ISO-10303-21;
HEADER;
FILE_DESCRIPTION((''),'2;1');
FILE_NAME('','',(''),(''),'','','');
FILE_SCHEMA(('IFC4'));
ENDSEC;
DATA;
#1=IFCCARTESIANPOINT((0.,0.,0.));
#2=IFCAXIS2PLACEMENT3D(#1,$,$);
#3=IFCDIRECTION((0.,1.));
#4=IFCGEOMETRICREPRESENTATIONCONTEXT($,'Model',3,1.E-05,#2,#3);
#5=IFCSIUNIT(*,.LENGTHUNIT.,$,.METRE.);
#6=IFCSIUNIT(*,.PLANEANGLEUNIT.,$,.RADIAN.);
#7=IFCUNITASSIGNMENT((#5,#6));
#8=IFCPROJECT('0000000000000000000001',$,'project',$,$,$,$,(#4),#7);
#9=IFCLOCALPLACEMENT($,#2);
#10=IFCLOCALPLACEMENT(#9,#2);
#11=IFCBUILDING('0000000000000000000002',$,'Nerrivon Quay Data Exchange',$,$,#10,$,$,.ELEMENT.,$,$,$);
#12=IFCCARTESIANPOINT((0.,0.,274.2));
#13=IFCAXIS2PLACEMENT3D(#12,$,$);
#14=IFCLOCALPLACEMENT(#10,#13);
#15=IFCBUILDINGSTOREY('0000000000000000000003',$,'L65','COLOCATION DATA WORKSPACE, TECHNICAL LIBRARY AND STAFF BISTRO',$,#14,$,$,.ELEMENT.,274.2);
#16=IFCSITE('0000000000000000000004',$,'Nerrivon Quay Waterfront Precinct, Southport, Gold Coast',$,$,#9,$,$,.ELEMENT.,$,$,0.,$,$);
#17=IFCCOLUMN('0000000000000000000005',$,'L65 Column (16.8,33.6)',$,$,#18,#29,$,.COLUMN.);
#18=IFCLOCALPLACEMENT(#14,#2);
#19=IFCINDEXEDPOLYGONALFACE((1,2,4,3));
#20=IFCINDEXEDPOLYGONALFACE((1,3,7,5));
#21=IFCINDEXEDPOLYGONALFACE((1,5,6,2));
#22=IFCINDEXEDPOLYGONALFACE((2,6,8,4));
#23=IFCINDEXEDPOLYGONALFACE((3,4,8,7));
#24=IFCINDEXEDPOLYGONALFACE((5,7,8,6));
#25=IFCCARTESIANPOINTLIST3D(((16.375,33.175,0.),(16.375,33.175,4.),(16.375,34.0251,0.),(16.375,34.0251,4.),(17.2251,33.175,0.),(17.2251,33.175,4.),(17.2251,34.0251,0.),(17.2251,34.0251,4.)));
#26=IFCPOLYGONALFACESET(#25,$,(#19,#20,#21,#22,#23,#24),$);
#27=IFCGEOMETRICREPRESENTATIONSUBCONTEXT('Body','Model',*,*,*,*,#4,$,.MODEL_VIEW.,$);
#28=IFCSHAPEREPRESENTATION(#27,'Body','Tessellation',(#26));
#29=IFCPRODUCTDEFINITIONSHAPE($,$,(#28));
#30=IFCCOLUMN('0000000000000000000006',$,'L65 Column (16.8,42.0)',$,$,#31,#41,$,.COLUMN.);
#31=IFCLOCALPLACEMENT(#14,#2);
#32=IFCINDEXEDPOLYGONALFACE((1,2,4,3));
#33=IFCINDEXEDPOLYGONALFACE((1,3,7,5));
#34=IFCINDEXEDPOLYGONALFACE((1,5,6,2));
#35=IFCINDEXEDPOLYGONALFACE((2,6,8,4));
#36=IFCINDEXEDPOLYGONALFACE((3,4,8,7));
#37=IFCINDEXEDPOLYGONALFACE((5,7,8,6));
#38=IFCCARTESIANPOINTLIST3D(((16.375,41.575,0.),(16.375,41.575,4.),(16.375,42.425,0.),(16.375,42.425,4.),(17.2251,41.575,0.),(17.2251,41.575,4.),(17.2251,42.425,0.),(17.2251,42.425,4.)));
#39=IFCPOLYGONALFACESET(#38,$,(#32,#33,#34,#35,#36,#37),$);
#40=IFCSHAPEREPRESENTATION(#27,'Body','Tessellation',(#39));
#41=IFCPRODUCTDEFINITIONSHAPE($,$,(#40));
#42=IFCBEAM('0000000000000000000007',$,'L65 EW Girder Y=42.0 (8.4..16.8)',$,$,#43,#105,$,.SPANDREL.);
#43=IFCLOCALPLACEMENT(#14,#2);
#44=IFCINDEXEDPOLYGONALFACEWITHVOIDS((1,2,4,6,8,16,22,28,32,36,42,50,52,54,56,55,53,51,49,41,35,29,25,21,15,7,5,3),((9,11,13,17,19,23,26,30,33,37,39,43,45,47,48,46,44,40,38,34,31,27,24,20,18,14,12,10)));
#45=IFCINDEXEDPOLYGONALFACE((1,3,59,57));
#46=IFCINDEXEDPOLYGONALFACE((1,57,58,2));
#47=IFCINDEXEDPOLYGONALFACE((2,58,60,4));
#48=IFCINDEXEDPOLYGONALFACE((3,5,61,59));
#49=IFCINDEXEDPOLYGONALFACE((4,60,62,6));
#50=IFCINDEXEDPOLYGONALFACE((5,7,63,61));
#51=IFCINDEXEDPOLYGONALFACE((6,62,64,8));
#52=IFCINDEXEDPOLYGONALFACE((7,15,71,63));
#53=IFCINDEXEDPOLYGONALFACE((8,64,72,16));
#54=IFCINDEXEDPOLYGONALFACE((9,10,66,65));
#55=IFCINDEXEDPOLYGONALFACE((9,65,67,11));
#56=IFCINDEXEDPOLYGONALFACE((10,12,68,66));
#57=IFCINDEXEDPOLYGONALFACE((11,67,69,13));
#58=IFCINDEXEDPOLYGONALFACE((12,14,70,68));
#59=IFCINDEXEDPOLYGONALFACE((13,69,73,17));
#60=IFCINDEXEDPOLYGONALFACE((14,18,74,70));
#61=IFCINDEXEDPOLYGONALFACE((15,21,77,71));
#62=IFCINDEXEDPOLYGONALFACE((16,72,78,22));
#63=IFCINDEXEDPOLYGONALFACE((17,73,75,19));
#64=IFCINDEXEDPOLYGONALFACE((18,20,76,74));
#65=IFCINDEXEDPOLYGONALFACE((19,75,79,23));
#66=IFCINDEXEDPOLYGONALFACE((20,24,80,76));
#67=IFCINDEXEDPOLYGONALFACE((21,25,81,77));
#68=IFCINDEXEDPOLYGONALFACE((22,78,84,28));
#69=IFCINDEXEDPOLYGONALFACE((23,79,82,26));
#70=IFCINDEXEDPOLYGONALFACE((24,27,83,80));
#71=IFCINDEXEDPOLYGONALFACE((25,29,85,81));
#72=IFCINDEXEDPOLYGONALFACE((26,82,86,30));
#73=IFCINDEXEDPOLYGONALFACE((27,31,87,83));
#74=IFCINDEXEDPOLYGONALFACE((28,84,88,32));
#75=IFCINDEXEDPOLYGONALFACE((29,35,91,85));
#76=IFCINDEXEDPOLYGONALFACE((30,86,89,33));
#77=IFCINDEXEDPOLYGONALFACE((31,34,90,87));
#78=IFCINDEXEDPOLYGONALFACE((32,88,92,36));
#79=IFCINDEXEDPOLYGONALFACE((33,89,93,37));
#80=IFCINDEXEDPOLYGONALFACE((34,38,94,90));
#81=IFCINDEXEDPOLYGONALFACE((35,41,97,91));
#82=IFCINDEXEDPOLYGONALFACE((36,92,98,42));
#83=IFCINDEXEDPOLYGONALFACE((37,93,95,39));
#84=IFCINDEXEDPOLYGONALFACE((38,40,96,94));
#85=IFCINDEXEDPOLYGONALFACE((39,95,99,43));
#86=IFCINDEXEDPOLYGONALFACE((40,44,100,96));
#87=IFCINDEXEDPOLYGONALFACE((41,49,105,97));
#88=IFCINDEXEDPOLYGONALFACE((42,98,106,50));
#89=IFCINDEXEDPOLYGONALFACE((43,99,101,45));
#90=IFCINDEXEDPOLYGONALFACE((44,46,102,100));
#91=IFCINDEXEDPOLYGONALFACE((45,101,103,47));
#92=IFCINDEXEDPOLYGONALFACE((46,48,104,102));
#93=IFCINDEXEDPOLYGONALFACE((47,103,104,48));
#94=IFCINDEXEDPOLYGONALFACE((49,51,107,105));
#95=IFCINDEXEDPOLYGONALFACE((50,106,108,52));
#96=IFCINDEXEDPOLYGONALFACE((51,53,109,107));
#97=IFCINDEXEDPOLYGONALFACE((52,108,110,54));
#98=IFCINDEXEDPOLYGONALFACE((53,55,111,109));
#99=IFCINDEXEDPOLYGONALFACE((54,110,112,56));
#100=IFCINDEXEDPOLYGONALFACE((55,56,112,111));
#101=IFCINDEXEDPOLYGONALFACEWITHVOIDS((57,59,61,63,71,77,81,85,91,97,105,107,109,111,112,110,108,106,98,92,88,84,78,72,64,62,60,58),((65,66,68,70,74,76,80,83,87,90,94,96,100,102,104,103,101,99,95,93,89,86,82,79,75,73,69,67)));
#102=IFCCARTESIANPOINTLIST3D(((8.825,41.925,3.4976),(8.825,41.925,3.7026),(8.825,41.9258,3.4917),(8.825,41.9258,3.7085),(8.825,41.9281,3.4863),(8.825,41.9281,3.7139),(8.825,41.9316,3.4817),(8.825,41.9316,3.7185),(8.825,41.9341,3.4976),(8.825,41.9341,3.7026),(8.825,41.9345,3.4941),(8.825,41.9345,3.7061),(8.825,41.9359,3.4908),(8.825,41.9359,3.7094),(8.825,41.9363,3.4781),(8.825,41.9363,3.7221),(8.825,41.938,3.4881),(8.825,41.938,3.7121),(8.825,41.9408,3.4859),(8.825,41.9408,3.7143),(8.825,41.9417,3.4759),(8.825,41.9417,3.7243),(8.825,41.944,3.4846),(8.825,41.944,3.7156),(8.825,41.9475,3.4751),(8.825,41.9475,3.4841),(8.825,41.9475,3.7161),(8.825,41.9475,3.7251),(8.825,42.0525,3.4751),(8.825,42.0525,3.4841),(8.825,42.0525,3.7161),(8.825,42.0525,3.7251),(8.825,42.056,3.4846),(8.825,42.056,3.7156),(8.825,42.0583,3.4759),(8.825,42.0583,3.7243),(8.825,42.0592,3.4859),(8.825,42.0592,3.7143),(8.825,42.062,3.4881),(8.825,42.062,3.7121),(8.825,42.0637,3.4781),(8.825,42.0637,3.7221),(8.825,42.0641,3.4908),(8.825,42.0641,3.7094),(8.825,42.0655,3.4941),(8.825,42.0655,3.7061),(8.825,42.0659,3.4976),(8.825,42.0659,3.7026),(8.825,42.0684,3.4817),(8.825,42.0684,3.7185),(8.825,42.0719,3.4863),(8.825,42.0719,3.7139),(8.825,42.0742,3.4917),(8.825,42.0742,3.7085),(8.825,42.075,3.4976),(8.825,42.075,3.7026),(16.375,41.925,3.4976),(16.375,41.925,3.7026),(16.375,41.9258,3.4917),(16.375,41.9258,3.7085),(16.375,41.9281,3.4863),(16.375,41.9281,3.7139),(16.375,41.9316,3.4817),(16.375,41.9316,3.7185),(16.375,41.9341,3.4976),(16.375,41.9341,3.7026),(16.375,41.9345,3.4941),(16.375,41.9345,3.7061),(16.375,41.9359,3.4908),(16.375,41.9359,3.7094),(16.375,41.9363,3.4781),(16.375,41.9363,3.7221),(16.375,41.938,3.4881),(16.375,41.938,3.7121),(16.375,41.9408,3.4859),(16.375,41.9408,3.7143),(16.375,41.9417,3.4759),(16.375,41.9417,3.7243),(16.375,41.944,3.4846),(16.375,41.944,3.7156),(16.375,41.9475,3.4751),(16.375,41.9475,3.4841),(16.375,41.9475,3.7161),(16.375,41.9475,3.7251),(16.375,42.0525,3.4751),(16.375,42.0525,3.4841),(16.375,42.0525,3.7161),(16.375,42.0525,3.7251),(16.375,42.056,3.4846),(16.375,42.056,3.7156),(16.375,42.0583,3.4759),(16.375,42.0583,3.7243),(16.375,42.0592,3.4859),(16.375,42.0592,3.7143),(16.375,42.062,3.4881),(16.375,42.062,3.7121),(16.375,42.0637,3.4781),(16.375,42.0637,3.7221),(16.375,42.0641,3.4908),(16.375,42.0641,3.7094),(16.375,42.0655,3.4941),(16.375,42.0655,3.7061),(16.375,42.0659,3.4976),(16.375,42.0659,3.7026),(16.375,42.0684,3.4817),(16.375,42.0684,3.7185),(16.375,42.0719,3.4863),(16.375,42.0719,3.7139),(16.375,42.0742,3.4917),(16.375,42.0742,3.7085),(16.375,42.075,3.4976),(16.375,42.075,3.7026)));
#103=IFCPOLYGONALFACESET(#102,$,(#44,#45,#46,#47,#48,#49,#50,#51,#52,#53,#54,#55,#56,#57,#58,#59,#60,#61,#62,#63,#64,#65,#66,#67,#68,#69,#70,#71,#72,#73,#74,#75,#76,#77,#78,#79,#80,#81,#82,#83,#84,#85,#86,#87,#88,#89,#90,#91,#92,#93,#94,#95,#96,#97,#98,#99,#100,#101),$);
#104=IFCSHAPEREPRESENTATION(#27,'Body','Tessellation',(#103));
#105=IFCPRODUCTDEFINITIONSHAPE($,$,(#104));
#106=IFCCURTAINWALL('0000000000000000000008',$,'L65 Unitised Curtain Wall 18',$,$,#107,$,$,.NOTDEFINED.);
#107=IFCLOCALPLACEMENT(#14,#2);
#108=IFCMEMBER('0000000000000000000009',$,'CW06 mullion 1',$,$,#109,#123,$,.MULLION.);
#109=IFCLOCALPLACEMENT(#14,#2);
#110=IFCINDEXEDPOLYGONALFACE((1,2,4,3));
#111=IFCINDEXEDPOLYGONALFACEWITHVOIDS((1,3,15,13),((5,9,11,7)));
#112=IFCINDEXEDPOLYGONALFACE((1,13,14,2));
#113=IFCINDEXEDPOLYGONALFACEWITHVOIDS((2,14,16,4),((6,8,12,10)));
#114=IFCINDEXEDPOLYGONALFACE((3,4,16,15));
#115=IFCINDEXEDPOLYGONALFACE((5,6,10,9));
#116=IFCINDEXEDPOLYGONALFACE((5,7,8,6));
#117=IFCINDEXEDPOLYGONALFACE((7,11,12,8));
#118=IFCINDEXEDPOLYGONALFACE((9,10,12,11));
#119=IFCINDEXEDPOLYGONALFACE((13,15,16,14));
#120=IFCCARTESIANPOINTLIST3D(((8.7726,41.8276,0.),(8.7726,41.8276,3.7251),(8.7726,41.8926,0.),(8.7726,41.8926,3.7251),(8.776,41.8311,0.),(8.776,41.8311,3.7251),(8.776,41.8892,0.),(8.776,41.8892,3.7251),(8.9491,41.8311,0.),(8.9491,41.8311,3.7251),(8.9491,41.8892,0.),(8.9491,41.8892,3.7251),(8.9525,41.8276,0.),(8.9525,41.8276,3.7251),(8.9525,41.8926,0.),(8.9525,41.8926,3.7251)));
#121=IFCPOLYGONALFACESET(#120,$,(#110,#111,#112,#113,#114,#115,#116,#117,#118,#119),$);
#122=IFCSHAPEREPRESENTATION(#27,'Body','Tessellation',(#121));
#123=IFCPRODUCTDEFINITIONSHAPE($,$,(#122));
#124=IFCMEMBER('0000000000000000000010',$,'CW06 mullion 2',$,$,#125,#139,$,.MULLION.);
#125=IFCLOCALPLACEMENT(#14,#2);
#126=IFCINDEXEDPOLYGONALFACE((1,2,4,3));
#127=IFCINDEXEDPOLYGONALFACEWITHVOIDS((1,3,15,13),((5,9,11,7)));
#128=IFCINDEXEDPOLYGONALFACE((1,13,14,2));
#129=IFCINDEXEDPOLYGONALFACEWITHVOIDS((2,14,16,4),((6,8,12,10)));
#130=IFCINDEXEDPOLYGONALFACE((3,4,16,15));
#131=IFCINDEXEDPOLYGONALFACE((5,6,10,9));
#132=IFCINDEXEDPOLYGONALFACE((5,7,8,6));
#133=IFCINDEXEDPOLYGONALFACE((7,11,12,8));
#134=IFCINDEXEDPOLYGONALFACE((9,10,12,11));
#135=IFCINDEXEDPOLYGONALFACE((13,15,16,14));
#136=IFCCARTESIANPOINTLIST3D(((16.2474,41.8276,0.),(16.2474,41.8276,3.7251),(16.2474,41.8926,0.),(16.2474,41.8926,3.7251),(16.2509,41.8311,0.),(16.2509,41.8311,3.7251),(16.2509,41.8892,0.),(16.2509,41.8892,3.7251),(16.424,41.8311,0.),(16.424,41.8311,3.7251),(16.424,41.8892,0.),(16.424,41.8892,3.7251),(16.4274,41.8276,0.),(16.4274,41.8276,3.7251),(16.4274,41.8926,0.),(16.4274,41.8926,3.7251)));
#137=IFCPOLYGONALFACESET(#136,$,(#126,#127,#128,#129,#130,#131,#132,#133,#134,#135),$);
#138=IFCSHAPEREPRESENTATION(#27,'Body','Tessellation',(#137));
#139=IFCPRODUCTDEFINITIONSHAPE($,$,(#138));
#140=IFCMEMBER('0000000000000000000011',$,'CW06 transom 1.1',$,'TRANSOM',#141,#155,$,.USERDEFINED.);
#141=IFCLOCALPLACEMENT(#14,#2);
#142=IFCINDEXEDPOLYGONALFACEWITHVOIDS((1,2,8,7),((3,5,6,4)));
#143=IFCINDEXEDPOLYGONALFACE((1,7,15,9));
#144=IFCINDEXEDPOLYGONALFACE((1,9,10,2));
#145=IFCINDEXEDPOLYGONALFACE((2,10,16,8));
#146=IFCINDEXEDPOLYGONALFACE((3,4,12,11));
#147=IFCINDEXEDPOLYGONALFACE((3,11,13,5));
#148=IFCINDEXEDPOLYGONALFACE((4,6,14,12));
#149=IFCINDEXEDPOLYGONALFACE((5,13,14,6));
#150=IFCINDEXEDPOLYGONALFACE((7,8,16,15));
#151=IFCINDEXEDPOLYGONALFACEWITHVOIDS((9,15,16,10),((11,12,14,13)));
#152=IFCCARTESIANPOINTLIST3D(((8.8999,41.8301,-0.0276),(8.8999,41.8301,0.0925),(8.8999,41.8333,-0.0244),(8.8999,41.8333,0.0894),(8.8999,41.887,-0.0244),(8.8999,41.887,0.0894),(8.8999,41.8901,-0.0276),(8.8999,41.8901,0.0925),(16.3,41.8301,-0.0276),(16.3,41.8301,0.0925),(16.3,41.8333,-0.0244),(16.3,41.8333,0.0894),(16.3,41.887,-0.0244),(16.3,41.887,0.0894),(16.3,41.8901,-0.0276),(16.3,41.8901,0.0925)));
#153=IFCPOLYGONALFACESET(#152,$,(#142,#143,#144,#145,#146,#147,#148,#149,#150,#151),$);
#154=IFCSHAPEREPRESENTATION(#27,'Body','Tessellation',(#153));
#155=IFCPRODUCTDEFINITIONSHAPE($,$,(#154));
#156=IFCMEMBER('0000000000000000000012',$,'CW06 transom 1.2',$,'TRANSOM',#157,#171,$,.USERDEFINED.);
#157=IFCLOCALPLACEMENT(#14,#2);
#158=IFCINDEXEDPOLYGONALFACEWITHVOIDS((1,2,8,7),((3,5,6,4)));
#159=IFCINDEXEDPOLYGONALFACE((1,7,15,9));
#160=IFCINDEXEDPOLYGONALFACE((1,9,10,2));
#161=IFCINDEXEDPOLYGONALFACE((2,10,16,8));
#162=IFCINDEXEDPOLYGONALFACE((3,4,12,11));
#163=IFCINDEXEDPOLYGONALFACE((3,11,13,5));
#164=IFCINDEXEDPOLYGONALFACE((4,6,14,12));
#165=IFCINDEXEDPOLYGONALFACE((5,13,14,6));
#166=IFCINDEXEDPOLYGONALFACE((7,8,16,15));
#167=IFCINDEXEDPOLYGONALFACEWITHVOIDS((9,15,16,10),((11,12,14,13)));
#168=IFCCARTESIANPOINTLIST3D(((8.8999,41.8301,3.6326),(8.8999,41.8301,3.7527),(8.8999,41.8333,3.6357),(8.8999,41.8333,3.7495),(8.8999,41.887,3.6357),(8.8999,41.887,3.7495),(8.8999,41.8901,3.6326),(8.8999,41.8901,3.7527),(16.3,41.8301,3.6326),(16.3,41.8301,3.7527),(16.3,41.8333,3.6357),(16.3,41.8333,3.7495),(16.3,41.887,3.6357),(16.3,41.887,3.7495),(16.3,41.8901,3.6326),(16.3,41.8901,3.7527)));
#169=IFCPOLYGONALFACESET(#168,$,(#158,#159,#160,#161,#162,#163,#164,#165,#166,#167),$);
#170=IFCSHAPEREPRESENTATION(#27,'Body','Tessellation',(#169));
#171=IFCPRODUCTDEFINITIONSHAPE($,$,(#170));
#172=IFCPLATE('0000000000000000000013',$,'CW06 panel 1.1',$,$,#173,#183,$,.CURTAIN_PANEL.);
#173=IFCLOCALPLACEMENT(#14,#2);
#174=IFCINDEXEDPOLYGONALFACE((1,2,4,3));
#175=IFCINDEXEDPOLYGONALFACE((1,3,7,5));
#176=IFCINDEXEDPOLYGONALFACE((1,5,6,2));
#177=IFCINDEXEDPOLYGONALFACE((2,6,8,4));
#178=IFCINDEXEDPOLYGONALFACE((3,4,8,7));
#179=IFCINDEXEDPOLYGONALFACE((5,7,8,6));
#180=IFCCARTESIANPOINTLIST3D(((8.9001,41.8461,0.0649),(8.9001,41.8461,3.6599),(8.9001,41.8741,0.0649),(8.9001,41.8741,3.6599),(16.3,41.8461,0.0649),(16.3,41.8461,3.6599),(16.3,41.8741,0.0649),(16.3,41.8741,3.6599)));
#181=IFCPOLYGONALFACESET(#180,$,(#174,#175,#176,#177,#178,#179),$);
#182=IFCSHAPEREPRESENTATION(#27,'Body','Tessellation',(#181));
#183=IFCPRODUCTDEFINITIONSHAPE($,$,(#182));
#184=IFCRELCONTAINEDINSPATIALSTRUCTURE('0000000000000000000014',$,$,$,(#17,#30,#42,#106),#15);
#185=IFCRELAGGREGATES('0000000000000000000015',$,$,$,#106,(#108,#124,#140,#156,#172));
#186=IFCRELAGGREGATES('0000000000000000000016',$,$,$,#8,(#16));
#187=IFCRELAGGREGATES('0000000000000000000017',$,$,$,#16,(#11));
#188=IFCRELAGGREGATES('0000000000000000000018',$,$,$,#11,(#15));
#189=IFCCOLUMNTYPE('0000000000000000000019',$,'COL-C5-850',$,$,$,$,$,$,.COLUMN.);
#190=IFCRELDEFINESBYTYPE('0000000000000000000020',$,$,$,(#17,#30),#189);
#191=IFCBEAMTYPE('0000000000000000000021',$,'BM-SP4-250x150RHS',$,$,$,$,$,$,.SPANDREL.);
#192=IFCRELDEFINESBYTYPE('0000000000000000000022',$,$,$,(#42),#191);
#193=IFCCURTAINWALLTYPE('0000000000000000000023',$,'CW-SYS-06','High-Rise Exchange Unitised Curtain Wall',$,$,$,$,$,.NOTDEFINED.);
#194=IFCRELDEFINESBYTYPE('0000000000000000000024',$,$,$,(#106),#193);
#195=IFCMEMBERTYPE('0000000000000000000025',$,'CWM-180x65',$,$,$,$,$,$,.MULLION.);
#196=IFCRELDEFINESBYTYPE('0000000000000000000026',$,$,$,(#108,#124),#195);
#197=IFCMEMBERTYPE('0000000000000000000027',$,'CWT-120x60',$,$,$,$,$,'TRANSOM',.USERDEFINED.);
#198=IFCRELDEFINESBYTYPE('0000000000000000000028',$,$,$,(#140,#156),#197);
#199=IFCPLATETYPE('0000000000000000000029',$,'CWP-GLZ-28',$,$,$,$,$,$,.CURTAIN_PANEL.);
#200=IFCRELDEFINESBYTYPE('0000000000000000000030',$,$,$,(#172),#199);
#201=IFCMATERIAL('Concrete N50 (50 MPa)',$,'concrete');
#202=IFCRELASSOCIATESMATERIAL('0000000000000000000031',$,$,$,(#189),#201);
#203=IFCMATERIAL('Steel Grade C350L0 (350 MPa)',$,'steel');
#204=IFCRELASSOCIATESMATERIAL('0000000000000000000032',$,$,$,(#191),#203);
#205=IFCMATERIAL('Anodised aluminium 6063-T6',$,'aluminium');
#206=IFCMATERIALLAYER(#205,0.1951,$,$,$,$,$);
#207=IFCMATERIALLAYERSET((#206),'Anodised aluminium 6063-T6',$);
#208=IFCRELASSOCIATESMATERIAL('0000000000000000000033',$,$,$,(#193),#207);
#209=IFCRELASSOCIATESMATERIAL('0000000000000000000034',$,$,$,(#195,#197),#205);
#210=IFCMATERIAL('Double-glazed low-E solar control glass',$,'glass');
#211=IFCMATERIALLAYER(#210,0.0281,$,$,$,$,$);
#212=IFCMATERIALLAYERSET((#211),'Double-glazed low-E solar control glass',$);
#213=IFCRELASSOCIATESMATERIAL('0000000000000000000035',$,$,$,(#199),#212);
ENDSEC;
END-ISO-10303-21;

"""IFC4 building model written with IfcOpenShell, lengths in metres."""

from ifc_helpers import new_model, si_unit, direction, frame, origin, origin_2d, place, context, subcontext, project, spatial, rectangle, hollow_rectangle, extrude, material, layer, layer_set, material_profile, profile_set, type_object, element, aggregate, save


model = new_model("IFC4")

# Units and contexts
model_context = context("Model", 3, precision=1e-05, world=origin(), true_north=direction((0.0, 1.0)))
body_context = subcontext(model_context, "Body", "Model", "MODEL_VIEW")
ifc_project = project(units=[si_unit("LENGTHUNIT", "METRE"), si_unit("PLANEANGLEUNIT", "RADIAN")], contexts=[model_context])

# Site, building, storey
site_placement = place(None, origin())
site = spatial("IfcSite", under=ifc_project, at=site_placement, Name="Nerrivon Quay Waterfront Precinct, Southport, Gold Coast", CompositionType="ELEMENT", RefElevation=0.0)
building_placement = place(site_placement, origin())
building = spatial("IfcBuilding", under=site, at=building_placement, Name="Nerrivon Quay Data Exchange", CompositionType="ELEMENT")
storey_placement = place(building_placement, frame((0.0, 0.0, 274.2)))
storey = spatial("IfcBuildingStorey", under=building, at=storey_placement, Name="L65", Description="COLOCATION DATA WORKSPACE, TECHNICAL LIBRARY AND STAFF BISTRO", CompositionType="ELEMENT", Elevation=274.2)

# Columns
ifc_material_1 = material(Name="Concrete N50 (50 MPa)", Category="concrete")
ifc_material_profile_1 = material_profile(ifc_material_1, rectangle(XDim=0.8501, YDim=0.8501, at=origin_2d()), Name="RC-COL-850x850")
ifc_profile_set_1 = profile_set([ifc_material_profile_1], Name="Concrete N50 (50 MPa)")
column_type = type_object("IfcColumnType", Name="COL-C5-850", PredefinedType="COLUMN", material=ifc_profile_set_1)
for number, where, z_axis, x_axis, name in (
    (1, (16.8, 33.6001, 0.0), (0.0, 0.0, 1.0), (1.0, 0.0, 0.0), "L65 Column (16.8,33.6)"),
    (2, (16.8, 42.0, 0.0), (0.0, 0.0, 1.0), (1.0, 0.0, 0.0), "L65 Column (16.8,42.0)"),
):
    element("IfcColumn", number, at=place(storey_placement, frame(where, z_axis=z_axis, x_axis=x_axis)), inside=storey, type_object=column_type, Name=name, PredefinedType="COLUMN", context=body_context, shape_type="SweptSolid", body=[
        extrude(rectangle(XDim=0.8501, YDim=0.8501, at=origin_2d()), origin(), (0.0, 0.0, 1.0), 4.0),
    ])

# Beam
ifc_material_2 = material(Name="Steel Grade C350L0 (350 MPa)", Category="steel")
ifc_material_profile_2 = material_profile(ifc_material_2, hollow_rectangle(XDim=0.1499, YDim=0.25, WallThickness=0.009, InnerFilletRadius=0.0134, OuterFilletRadius=0.0225, at=origin_2d()), Name="250x150x9.0RHS")
ifc_profile_set_2 = profile_set([ifc_material_profile_2], Name="Steel Grade C350L0 (350 MPa)")
beam_type = type_object("IfcBeamType", Name="BM-SP4-250x150RHS", PredefinedType="SPANDREL", material=ifc_profile_set_2)
beam_placement = place(storey_placement, frame((8.825, 42.0, 3.6001), z_axis=(1.0, 0.0, 0.0), x_axis=(0.0, 1.0, 0.0)))
element("IfcBeam", 3, at=beam_placement, inside=storey, type_object=beam_type, Name="L65 EW Girder Y=42.0 (8.4..16.8)", PredefinedType="SPANDREL", context=body_context, shape_type="SweptSolid", body=[
    extrude(hollow_rectangle(XDim=0.1499, YDim=0.25, WallThickness=0.009, InnerFilletRadius=0.0134, OuterFilletRadius=0.0225, at=origin_2d()), origin(), (0.0, 0.0, 1.0), 7.55),
])

# Curtain wall, members, plate
ifc_material_3 = material(Name="Anodised aluminium 6063-T6", Category="aluminium")
ifc_layer_1 = layer(ifc_material_3, 0.1951)
ifc_layer_set_1 = layer_set([ifc_layer_1], Name="Anodised aluminium 6063-T6")
curtain_wall_type = type_object("IfcCurtainWallType", Name="CW-SYS-06", Description="High-Rise Exchange Unitised Curtain Wall", PredefinedType="NOTDEFINED", material=ifc_layer_set_1)
curtain_wall_placement = place(storey_placement, origin())
curtain_wall = element("IfcCurtainWall", 4, at=curtain_wall_placement, inside=storey, type_object=curtain_wall_type, Name="L65 Unitised Curtain Wall 18", PredefinedType="NOTDEFINED")
ifc_material_profile_3 = material_profile(ifc_material_3, hollow_rectangle(XDim=0.0649, YDim=0.1799, WallThickness=0.0034, at=origin_2d()), Name="ALU-MULL-180x65")
ifc_profile_set_3 = profile_set([ifc_material_profile_3], Name="Anodised aluminium 6063-T6")
member_type_1 = type_object("IfcMemberType", Name="CWM-180x65", PredefinedType="MULLION", material=ifc_profile_set_3)
member_1_placement = place(storey_placement, frame((8.8625, 41.8601, 0.0), z_axis=(0.0, 0.0, 1.0), x_axis=(0.0, 1.0, 0.0)))
member_1 = element("IfcMember", 5, at=member_1_placement, type_object=member_type_1, Name="CW06 mullion 1", PredefinedType="MULLION", context=body_context, shape_type="SweptSolid", body=[
    extrude(hollow_rectangle(XDim=0.0649, YDim=0.1799, WallThickness=0.0034, at=origin_2d()), origin(), (0.0, 0.0, 1.0), 3.7251),
])
member_2_placement = place(storey_placement, frame((16.3374, 41.8601, 0.0), z_axis=(0.0, 0.0, 1.0), x_axis=(0.0, 1.0, 0.0)))
member_2 = element("IfcMember", 6, at=member_2_placement, type_object=member_type_1, Name="CW06 mullion 2", PredefinedType="MULLION", context=body_context, shape_type="SweptSolid", body=[
    extrude(hollow_rectangle(XDim=0.0649, YDim=0.1799, WallThickness=0.0034, at=origin_2d()), origin(), (0.0, 0.0, 1.0), 3.7251),
])
ifc_material_profile_4 = material_profile(ifc_material_3, hollow_rectangle(XDim=0.0601, YDim=0.1201, WallThickness=0.0032, at=origin_2d()), Name="ALU-TRAN-120x60")
ifc_profile_set_4 = profile_set([ifc_material_profile_4], Name="Anodised aluminium 6063-T6")
member_type_2 = type_object("IfcMemberType", Name="CWT-120x60", ElementType="TRANSOM", PredefinedType="USERDEFINED", material=ifc_profile_set_4)
member_3_placement = place(storey_placement, frame((8.8999, 41.8601, 0.0325), z_axis=(1.0, 0.0, 0.0), x_axis=(0.0, 1.0, 0.0)))
member_3 = element("IfcMember", 7, at=member_3_placement, type_object=member_type_2, Name="CW06 transom 1.1", ObjectType="TRANSOM", PredefinedType="USERDEFINED", context=body_context, shape_type="SweptSolid", body=[
    extrude(hollow_rectangle(XDim=0.0601, YDim=0.1201, WallThickness=0.0032, at=origin_2d()), origin(), (0.0, 0.0, 1.0), 7.4001),
])
member_4_placement = place(storey_placement, frame((8.8999, 41.8601, 3.6926), z_axis=(1.0, 0.0, 0.0), x_axis=(0.0, 1.0, 0.0)))
member_4 = element("IfcMember", 8, at=member_4_placement, type_object=member_type_2, Name="CW06 transom 1.2", ObjectType="TRANSOM", PredefinedType="USERDEFINED", context=body_context, shape_type="SweptSolid", body=[
    extrude(hollow_rectangle(XDim=0.0601, YDim=0.1201, WallThickness=0.0032, at=origin_2d()), origin(), (0.0, 0.0, 1.0), 7.4001),
])
ifc_material_4 = material(Name="Double-glazed low-E solar control glass", Category="glass")
ifc_layer_2 = layer(ifc_material_4, 0.0281)
ifc_layer_set_2 = layer_set([ifc_layer_2], Name="Double-glazed low-E solar control glass")
plate_type = type_object("IfcPlateType", Name="CWP-GLZ-28", PredefinedType="CURTAIN_PANEL", material=ifc_layer_set_2)
plate_placement = place(storey_placement, frame((12.6001, 41.8601, 0.0649), z_axis=(0.0, 0.0, 1.0), x_axis=(1.0, 0.0, 0.0)))
plate = element("IfcPlate", 9, at=plate_placement, type_object=plate_type, Name="CW06 panel 1.1", PredefinedType="CURTAIN_PANEL", context=body_context, shape_type="SweptSolid", body=[
    extrude(rectangle(XDim=7.3999, YDim=0.0281, at=origin_2d()), origin(), (0.0, 0.0, 1.0), 3.595),
])
aggregate(curtain_wall, [member_1, member_2, member_3, member_4, plate])

save(model, "model.ifc")
